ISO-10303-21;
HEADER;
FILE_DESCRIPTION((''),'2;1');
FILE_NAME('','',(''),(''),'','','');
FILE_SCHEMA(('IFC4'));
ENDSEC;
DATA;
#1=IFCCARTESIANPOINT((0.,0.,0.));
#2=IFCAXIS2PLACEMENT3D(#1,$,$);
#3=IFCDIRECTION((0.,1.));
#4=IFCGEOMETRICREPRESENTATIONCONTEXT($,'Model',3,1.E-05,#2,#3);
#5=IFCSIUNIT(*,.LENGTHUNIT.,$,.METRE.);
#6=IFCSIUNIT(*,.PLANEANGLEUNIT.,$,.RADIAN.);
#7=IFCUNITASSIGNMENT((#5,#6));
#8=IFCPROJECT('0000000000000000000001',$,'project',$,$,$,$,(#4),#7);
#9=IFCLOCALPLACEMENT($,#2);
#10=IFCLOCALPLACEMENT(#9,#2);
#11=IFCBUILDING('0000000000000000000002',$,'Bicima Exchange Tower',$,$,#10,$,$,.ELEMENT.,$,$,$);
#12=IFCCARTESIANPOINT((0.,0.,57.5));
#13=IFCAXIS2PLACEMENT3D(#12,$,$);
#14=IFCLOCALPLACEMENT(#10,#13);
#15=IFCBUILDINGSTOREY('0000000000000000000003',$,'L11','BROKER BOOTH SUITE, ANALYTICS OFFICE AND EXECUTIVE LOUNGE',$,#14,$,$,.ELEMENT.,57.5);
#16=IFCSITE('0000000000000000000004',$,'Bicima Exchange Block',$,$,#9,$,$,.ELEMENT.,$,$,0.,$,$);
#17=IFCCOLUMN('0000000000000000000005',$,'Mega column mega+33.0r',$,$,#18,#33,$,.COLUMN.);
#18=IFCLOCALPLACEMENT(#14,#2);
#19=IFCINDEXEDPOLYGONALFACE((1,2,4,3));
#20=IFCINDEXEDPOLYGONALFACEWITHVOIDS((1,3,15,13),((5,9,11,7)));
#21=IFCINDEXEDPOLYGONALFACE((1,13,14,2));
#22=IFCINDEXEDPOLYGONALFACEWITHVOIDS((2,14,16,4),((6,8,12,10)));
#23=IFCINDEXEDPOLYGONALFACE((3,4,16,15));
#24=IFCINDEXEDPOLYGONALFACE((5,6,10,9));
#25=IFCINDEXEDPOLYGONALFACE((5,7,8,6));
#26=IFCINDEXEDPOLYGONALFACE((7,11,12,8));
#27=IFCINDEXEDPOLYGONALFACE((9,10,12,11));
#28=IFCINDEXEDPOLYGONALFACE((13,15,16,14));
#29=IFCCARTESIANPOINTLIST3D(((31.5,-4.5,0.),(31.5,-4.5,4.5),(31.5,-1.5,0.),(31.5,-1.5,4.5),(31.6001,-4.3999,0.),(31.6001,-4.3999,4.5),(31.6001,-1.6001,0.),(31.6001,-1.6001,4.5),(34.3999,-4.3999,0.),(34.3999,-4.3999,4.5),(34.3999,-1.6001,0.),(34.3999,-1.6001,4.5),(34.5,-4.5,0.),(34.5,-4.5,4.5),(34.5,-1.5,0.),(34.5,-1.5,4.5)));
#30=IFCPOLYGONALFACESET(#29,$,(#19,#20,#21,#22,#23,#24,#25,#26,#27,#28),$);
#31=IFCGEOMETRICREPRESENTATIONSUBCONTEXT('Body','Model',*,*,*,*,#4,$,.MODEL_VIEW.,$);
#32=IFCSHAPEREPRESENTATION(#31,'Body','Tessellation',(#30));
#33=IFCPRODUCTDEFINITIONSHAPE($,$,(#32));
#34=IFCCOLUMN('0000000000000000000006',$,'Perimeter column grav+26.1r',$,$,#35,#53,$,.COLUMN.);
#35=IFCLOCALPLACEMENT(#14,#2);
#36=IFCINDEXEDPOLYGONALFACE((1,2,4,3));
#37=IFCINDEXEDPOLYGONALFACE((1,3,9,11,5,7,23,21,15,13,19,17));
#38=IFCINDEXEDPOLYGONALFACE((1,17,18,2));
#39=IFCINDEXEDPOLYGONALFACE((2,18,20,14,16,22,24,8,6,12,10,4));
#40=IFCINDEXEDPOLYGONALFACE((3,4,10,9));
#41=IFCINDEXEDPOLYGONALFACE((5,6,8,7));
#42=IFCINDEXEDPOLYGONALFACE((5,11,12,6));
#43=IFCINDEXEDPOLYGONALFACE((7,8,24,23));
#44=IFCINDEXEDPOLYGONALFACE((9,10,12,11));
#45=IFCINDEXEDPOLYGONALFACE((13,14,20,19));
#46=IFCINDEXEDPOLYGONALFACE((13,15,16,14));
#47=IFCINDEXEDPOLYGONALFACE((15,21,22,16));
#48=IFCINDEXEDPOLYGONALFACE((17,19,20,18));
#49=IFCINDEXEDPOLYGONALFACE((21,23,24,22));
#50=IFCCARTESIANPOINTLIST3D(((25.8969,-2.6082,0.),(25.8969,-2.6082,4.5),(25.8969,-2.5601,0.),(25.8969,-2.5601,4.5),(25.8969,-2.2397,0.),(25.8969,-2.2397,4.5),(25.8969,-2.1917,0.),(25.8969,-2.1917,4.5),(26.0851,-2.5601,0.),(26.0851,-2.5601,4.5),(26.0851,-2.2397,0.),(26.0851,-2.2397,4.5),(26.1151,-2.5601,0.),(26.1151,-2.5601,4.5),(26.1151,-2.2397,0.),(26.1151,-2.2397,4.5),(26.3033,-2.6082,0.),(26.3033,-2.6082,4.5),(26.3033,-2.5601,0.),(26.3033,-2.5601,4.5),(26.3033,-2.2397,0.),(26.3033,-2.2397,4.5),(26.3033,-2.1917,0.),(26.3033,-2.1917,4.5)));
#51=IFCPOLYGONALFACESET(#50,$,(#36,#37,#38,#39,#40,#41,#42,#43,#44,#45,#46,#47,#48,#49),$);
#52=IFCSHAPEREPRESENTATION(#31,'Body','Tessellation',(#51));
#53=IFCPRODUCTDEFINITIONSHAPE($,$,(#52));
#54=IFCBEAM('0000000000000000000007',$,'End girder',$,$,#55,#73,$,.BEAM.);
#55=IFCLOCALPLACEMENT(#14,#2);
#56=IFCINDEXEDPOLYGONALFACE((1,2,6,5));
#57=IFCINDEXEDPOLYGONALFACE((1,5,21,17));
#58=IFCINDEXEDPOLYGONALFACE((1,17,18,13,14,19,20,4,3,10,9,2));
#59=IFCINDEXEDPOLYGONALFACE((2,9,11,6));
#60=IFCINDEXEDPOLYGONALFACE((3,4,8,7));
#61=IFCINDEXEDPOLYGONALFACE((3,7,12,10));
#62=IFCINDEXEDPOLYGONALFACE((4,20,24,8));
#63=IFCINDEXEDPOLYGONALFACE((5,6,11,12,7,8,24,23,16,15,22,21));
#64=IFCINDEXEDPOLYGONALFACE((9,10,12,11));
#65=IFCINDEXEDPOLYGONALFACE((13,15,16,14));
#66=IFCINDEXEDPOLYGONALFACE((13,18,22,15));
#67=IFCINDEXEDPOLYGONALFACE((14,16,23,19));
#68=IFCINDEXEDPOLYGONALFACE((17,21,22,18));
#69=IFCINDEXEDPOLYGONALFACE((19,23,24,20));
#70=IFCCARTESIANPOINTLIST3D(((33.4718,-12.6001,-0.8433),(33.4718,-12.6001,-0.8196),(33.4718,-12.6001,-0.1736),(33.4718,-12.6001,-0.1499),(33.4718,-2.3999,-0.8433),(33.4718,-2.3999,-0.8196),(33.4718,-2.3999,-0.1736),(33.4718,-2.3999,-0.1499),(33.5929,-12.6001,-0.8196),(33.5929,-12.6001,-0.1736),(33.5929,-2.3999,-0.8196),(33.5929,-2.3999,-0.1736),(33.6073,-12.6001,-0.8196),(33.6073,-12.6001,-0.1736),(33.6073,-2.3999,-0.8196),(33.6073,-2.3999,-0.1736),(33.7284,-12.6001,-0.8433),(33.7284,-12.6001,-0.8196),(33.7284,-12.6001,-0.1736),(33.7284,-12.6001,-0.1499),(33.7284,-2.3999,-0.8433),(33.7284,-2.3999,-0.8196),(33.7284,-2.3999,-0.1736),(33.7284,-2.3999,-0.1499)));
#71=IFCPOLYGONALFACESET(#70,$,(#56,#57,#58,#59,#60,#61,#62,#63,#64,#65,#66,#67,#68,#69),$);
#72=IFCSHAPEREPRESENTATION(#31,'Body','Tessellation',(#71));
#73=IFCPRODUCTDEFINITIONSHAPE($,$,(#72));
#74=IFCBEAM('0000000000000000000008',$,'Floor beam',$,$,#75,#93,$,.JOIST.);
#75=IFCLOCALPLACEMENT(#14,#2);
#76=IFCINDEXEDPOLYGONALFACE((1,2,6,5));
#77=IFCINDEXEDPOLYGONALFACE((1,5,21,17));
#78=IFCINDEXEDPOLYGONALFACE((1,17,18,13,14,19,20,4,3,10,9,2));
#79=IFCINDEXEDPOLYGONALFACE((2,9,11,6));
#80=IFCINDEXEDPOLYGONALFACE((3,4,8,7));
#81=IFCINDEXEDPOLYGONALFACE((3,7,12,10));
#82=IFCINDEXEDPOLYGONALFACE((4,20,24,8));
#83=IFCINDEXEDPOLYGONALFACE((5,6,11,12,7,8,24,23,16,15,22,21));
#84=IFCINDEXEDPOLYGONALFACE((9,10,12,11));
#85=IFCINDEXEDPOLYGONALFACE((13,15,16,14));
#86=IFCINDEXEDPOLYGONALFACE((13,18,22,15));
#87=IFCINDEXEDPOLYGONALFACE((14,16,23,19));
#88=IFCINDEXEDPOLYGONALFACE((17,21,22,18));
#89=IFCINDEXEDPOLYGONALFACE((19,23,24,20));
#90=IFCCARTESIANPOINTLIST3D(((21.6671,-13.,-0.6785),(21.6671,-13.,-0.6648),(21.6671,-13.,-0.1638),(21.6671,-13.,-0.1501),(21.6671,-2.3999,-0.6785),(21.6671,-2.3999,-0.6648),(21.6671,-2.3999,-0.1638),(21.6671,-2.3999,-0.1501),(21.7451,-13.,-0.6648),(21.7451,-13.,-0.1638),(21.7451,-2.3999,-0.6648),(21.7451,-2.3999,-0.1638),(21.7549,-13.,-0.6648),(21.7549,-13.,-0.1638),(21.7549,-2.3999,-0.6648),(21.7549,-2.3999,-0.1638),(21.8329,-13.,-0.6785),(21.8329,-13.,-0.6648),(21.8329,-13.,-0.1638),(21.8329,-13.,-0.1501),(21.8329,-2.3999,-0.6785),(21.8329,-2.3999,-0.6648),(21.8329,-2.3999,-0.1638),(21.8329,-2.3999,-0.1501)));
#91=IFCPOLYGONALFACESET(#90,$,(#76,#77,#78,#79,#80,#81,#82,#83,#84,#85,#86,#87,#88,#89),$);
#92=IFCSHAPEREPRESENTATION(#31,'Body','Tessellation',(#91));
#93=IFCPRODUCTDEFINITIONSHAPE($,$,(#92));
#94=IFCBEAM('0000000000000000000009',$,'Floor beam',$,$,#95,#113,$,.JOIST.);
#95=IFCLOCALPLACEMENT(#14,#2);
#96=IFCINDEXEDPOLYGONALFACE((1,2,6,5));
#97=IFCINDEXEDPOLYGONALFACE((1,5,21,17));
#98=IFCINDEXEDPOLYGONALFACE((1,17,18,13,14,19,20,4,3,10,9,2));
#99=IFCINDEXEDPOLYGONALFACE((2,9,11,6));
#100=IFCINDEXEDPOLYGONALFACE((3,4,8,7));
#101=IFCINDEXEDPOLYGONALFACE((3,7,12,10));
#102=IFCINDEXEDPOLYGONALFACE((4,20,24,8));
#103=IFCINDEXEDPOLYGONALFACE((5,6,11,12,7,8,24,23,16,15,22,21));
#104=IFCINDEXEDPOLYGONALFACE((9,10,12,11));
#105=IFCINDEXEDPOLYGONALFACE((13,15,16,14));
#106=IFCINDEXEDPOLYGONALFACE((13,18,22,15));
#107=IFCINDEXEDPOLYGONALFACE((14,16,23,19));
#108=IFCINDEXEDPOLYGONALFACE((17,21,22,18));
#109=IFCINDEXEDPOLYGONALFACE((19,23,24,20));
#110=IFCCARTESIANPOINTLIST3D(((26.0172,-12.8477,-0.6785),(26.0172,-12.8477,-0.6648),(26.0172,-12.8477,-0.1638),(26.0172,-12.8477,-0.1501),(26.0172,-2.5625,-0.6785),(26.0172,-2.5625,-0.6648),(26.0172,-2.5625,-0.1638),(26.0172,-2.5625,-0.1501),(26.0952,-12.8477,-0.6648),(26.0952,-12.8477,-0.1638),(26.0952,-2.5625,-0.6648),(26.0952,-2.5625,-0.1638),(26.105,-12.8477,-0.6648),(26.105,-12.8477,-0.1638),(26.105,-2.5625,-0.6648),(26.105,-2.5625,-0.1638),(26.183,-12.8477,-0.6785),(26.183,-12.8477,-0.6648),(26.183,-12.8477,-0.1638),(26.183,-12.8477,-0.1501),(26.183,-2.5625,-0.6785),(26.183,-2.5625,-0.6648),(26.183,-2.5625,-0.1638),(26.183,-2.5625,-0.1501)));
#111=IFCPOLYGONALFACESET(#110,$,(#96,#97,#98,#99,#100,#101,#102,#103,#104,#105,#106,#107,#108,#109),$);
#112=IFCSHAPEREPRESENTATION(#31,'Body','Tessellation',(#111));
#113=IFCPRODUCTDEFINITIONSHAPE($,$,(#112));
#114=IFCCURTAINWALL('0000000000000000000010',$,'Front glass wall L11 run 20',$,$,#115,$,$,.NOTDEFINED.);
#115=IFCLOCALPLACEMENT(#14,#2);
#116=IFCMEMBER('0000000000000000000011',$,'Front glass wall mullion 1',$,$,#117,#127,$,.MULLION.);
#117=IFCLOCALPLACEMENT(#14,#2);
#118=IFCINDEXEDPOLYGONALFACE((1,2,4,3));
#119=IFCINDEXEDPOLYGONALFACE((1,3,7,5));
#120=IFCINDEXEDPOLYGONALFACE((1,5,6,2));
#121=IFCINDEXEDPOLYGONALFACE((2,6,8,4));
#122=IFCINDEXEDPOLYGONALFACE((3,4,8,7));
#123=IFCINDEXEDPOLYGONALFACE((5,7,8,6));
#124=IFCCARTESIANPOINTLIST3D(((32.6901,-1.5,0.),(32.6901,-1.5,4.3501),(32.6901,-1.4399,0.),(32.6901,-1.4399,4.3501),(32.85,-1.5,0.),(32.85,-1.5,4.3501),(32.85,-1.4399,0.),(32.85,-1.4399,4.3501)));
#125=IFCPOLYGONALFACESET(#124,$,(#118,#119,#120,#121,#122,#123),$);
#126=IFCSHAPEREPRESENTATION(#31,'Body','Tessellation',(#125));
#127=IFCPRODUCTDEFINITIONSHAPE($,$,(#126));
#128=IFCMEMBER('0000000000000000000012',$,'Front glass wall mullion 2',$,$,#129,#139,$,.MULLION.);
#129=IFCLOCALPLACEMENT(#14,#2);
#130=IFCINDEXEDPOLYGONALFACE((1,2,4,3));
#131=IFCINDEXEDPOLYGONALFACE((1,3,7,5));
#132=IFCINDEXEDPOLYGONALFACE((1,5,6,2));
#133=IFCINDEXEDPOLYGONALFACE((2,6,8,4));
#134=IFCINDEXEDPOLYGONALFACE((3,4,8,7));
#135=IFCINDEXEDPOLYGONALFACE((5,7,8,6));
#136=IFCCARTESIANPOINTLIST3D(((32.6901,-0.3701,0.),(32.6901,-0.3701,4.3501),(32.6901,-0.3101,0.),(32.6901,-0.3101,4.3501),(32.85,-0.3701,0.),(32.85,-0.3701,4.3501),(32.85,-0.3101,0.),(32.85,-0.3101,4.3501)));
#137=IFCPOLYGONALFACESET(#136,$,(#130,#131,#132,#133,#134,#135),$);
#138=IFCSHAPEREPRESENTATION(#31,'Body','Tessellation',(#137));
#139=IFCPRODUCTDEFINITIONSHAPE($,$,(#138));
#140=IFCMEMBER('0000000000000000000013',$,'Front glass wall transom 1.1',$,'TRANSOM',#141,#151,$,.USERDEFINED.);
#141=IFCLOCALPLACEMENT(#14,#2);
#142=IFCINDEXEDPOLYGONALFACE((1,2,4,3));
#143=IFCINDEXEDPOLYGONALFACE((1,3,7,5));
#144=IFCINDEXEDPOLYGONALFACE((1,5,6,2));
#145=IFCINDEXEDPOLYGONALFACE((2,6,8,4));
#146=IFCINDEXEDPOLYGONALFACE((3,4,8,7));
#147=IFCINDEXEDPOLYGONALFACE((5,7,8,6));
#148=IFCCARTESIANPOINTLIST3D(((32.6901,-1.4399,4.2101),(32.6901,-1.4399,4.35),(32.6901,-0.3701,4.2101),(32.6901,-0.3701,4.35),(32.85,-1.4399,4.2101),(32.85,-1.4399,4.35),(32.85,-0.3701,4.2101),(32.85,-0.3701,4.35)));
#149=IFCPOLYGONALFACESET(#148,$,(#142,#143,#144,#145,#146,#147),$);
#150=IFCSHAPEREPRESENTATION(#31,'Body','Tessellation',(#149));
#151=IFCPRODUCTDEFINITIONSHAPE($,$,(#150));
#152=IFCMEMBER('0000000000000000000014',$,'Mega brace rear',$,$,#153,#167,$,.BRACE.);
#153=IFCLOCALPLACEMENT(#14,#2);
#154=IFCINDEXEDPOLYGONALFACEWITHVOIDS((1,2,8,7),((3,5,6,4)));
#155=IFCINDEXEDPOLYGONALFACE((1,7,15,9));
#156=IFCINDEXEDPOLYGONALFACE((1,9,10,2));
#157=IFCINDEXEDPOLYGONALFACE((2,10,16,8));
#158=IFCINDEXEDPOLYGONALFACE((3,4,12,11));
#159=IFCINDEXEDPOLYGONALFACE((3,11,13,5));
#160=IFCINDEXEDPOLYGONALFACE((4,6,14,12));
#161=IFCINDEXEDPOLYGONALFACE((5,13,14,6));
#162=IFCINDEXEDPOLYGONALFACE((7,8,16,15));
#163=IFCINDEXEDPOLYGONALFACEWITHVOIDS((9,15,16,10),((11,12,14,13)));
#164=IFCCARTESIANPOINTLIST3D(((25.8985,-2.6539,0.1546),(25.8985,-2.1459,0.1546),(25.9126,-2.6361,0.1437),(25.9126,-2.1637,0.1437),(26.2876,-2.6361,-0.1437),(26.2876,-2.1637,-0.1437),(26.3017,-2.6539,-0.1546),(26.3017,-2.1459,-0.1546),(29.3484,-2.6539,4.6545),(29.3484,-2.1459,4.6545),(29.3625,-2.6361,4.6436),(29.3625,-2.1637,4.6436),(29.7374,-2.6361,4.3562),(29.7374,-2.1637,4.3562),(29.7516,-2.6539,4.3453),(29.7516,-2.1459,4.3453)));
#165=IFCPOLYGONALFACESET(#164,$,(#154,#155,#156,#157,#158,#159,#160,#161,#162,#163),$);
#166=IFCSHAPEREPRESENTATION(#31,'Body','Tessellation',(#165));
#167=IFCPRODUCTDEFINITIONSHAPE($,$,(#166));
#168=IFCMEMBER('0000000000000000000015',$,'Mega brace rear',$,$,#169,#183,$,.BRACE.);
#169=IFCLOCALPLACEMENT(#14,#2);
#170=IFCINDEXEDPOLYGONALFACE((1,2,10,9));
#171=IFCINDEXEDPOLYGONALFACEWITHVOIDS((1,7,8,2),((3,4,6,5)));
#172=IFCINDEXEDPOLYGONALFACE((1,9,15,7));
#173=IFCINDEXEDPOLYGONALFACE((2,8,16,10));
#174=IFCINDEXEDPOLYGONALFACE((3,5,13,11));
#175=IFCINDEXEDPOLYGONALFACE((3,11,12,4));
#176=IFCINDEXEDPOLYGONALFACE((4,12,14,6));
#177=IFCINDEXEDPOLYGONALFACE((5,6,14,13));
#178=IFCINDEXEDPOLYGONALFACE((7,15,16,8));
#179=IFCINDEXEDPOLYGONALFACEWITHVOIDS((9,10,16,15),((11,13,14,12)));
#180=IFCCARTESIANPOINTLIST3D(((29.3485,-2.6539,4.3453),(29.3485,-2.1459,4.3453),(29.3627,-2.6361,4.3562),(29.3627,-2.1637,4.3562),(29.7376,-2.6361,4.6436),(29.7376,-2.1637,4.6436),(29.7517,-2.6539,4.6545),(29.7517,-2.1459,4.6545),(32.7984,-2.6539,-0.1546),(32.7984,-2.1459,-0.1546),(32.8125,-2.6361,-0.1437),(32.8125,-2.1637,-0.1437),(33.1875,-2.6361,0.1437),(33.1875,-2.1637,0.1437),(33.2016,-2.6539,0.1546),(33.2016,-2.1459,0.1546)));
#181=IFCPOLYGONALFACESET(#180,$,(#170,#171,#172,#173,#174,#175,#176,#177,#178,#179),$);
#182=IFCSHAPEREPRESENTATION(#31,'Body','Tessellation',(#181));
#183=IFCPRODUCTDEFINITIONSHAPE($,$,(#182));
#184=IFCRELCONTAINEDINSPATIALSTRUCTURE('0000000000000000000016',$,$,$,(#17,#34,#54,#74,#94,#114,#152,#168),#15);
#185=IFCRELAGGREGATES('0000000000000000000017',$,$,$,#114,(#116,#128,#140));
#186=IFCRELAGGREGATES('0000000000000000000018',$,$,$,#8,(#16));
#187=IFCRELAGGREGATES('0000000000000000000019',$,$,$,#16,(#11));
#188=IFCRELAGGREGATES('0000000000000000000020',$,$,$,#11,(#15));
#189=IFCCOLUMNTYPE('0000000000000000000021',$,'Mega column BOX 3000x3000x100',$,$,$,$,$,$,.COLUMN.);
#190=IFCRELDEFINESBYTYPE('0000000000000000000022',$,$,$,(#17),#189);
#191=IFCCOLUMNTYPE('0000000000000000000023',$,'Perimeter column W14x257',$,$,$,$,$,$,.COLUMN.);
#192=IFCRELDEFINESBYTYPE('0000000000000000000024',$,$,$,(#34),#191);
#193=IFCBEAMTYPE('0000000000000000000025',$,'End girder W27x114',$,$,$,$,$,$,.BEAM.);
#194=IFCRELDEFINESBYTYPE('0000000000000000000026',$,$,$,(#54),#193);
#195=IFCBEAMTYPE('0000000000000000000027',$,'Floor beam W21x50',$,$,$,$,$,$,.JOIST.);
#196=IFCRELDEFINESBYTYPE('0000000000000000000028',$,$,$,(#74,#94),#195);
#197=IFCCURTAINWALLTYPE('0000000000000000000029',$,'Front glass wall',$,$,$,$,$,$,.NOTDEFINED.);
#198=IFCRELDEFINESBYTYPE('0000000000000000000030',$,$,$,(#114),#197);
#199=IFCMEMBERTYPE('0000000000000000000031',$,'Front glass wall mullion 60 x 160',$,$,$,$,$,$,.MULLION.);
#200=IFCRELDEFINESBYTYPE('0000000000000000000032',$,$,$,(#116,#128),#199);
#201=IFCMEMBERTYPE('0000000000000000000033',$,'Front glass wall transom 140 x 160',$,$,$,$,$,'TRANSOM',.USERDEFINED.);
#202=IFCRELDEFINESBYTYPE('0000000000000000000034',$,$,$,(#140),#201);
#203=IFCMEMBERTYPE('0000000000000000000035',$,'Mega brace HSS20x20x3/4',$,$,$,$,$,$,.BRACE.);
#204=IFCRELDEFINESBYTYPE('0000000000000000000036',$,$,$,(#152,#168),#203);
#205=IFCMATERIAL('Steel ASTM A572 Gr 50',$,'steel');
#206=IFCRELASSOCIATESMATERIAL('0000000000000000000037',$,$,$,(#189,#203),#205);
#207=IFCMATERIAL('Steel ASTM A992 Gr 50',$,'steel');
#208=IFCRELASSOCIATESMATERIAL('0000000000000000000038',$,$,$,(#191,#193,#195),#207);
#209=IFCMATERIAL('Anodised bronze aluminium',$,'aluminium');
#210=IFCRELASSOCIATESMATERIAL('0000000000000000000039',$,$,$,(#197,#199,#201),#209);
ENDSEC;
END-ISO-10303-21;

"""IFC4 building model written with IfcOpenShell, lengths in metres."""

from ifc_helpers import new_model, si_unit, direction, frame, origin, origin_2d, place, context, subcontext, project, spatial, rectangle, hollow_rectangle, i_section, extrude, material, material_profile, profile_set, type_object, element, aggregate, save


model = new_model("IFC4")

# Units and contexts
model_context = context("Model", 3, precision=1e-05, world=origin(), true_north=direction((0.0, 1.0)))
body_context = subcontext(model_context, "Body", "Model", "MODEL_VIEW")
ifc_project = project(units=[si_unit("LENGTHUNIT", "METRE"), si_unit("PLANEANGLEUNIT", "RADIAN")], contexts=[model_context])

# Site, building, storey
site_placement = place(None, origin())
site = spatial("IfcSite", under=ifc_project, at=site_placement, Name="Bicima Exchange Block", CompositionType="ELEMENT", RefElevation=0.0)
building_placement = place(site_placement, origin())
building = spatial("IfcBuilding", under=site, at=building_placement, Name="Bicima Exchange Tower", CompositionType="ELEMENT")
storey_placement = place(building_placement, frame((0.0, 0.0, 57.5)))
storey = spatial("IfcBuildingStorey", under=building, at=storey_placement, Name="L11", Description="BROKER BOOTH SUITE, ANALYTICS OFFICE AND EXECUTIVE LOUNGE", CompositionType="ELEMENT", Elevation=57.5)

# Columns
ifc_material_1 = material(Name="Steel ASTM A572 Gr 50", Category="steel")
ifc_material_profile_1 = material_profile(ifc_material_1, hollow_rectangle(XDim=3.0, YDim=3.0, WallThickness=0.1001, at=origin_2d()))
ifc_profile_set_1 = profile_set([ifc_material_profile_1], Name="Steel ASTM A572 Gr 50")
column_type_1 = type_object("IfcColumnType", Name="Mega column BOX 3000x3000x100", PredefinedType="COLUMN", material=ifc_profile_set_1)
column_1_placement = place(storey_placement, frame((33.0, -3.0, 0.0), z_axis=(0.0, 0.0, 1.0), x_axis=(1.0, 0.0, 0.0)))
element("IfcColumn", 1, at=column_1_placement, inside=storey, type_object=column_type_1, Name="Mega column mega+33.0r", PredefinedType="COLUMN", context=body_context, shape_type="SweptSolid", body=[
    extrude(hollow_rectangle(XDim=3.0, YDim=3.0, WallThickness=0.1001, at=origin_2d()), origin(), (0.0, 0.0, 1.0), 4.5),
])
ifc_material_2 = material(Name="Steel ASTM A992 Gr 50", Category="steel")
ifc_material_profile_2 = material_profile(ifc_material_2, i_section(OverallWidth=0.4065, OverallDepth=0.4165, WebThickness=0.03, FlangeThickness=0.0481, at=origin_2d()))
ifc_profile_set_2 = profile_set([ifc_material_profile_2], Name="Steel ASTM A992 Gr 50")
column_type_2 = type_object("IfcColumnType", Name="Perimeter column W14x257", PredefinedType="COLUMN", material=ifc_profile_set_2)
column_2_placement = place(storey_placement, frame((26.1001, -2.3999, 0.0), z_axis=(0.0, 0.0, 1.0), x_axis=(1.0, 0.0, 0.0)))
element("IfcColumn", 2, at=column_2_placement, inside=storey, type_object=column_type_2, Name="Perimeter column grav+26.1r", PredefinedType="COLUMN", context=body_context, shape_type="SweptSolid", body=[
    extrude(i_section(OverallWidth=0.4065, OverallDepth=0.4165, WebThickness=0.03, FlangeThickness=0.0481, at=origin_2d()), origin(), (0.0, 0.0, 1.0), 4.5),
])

# Beams
ifc_material_profile_3 = material_profile(ifc_material_2, i_section(OverallWidth=0.2566, OverallDepth=0.6934, WebThickness=0.0144, FlangeThickness=0.0237, at=origin_2d()))
ifc_profile_set_3 = profile_set([ifc_material_profile_3], Name="Steel ASTM A992 Gr 50")
beam_type_1 = type_object("IfcBeamType", Name="End girder W27x114", PredefinedType="BEAM", material=ifc_profile_set_3)
beam_1_placement = place(storey_placement, frame((33.6001, -2.3999, -0.4966), z_axis=(0.0, -1.0, 0.0), x_axis=(1.0, 0.0, 0.0)))
element("IfcBeam", 3, at=beam_1_placement, inside=storey, type_object=beam_type_1, Name="End girder", PredefinedType="BEAM", context=body_context, shape_type="SweptSolid", body=[
    extrude(i_section(OverallWidth=0.2566, OverallDepth=0.6934, WebThickness=0.0144, FlangeThickness=0.0237, at=origin_2d()), origin(), (0.0, 0.0, 1.0), 10.2002),
])
ifc_material_profile_4 = material_profile(ifc_material_2, i_section(OverallWidth=0.1658, OverallDepth=0.5283, WebThickness=0.0098, FlangeThickness=0.0137, at=origin_2d()))
ifc_profile_set_4 = profile_set([ifc_material_profile_4], Name="Steel ASTM A992 Gr 50")
beam_type_2 = type_object("IfcBeamType", Name="Floor beam W21x50", PredefinedType="JOIST", material=ifc_profile_set_4)
beam_2_placement = place(storey_placement, frame((21.75, -2.3999, -0.4143), z_axis=(0.0, -1.0, 0.0), x_axis=(1.0, 0.0, 0.0)))
element("IfcBeam", 4, at=beam_2_placement, inside=storey, type_object=beam_type_2, Name="Floor beam", PredefinedType="JOIST", context=body_context, shape_type="SweptSolid", body=[
    extrude(i_section(OverallWidth=0.1658, OverallDepth=0.5283, WebThickness=0.0098, FlangeThickness=0.0137, at=origin_2d()), origin(), (0.0, 0.0, 1.0), 10.6001),
])
beam_3_placement = place(storey_placement, frame((26.1001, -2.5625, -0.4143), z_axis=(0.0, -1.0, 0.0), x_axis=(1.0, 0.0, 0.0)))
element("IfcBeam", 5, at=beam_3_placement, inside=storey, type_object=beam_type_2, Name="Floor beam", PredefinedType="JOIST", context=body_context, shape_type="SweptSolid", body=[
    extrude(i_section(OverallWidth=0.1658, OverallDepth=0.5283, WebThickness=0.0098, FlangeThickness=0.0137, at=origin_2d()), origin(), (0.0, 0.0, 1.0), 10.2852),
])

# Curtain wall, members
ifc_material_3 = material(Name="Anodised bronze aluminium", Category="aluminium")
curtain_wall_type = type_object("IfcCurtainWallType", Name="Front glass wall", PredefinedType="NOTDEFINED", material=ifc_material_3)
curtain_wall_placement = place(storey_placement, origin())
curtain_wall = element("IfcCurtainWall", 6, at=curtain_wall_placement, inside=storey, type_object=curtain_wall_type, Name="Front glass wall L11 run 20", PredefinedType="NOTDEFINED")
ifc_material_profile_5 = material_profile(ifc_material_3, rectangle(XDim=0.1599, YDim=0.0601, at=origin_2d()))
ifc_profile_set_5 = profile_set([ifc_material_profile_5], Name="Anodised bronze aluminium")
member_type_1 = type_object("IfcMemberType", Name="Front glass wall mullion 60 x 160", PredefinedType="MULLION", material=ifc_profile_set_5)
member_1_placement = place(storey_placement, frame((32.77, -1.47, 0.0), z_axis=(0.0, 0.0, 1.0), x_axis=(-1.0, 0.0, 0.0)))
member_1 = element("IfcMember", 7, at=member_1_placement, type_object=member_type_1, Name="Front glass wall mullion 1", PredefinedType="MULLION", context=body_context, shape_type="SweptSolid", body=[
    extrude(rectangle(XDim=0.1599, YDim=0.0601, at=origin_2d()), origin(), (0.0, 0.0, 1.0), 4.3501),
])
member_2_placement = place(storey_placement, frame((32.77, -0.3401, 0.0), z_axis=(0.0, 0.0, 1.0), x_axis=(-1.0, 0.0, 0.0)))
member_2 = element("IfcMember", 8, at=member_2_placement, type_object=member_type_1, Name="Front glass wall mullion 2", PredefinedType="MULLION", context=body_context, shape_type="SweptSolid", body=[
    extrude(rectangle(XDim=0.1599, YDim=0.0601, at=origin_2d()), origin(), (0.0, 0.0, 1.0), 4.3501),
])
ifc_material_profile_6 = material_profile(ifc_material_3, rectangle(XDim=0.1599, YDim=0.1399, at=origin_2d()))
ifc_profile_set_6 = profile_set([ifc_material_profile_6], Name="Anodised bronze aluminium")
member_type_2 = type_object("IfcMemberType", Name="Front glass wall transom 140 x 160", ElementType="TRANSOM", PredefinedType="USERDEFINED", material=ifc_profile_set_6)
member_3_placement = place(storey_placement, frame((32.77, -1.4399, 4.28), z_axis=(0.0, 1.0, 0.0), x_axis=(-1.0, 0.0, 0.0)))
member_3 = element("IfcMember", 9, at=member_3_placement, type_object=member_type_2, Name="Front glass wall transom 1.1", ObjectType="TRANSOM", PredefinedType="USERDEFINED", context=body_context, shape_type="SweptSolid", body=[
    extrude(rectangle(XDim=0.1599, YDim=0.1399, at=origin_2d()), origin(), (0.0, 0.0, 1.0), 1.0698),
])

# Members
ifc_material_profile_7 = material_profile(ifc_material_1, hollow_rectangle(XDim=0.5081, YDim=0.5081, WallThickness=0.0178, at=origin_2d()))
ifc_profile_set_7 = profile_set([ifc_material_profile_7], Name="Steel ASTM A572 Gr 50")
member_type_3 = type_object("IfcMemberType", Name="Mega brace HSS20x20x3/4", PredefinedType="BRACE", material=ifc_profile_set_7)
for number, where, z_axis, x_axis, name in (
    (10, (26.1001, -2.3999, 0.0), (0.608426, 0.0, 0.793611), (0.0, 1.0, 0.0), "Mega brace rear"),
    (11, (33.0, -2.3999, 0.0), (-0.608426, 0.0, 0.793611), (0.0, -1.0, 0.0), "Mega brace rear"),
):
    element("IfcMember", number, at=place(storey_placement, frame(where, z_axis=z_axis, x_axis=x_axis)), inside=storey, type_object=member_type_3, Name=name, PredefinedType="BRACE", context=body_context, shape_type="SweptSolid", body=[
        extrude(hollow_rectangle(XDim=0.5081, YDim=0.5081, WallThickness=0.0178, at=origin_2d()), origin(), (0.0, 0.0, 1.0), 5.6702),
    ])

aggregate(curtain_wall, [member_1, member_2, member_3])

save(model, "model.ifc")
